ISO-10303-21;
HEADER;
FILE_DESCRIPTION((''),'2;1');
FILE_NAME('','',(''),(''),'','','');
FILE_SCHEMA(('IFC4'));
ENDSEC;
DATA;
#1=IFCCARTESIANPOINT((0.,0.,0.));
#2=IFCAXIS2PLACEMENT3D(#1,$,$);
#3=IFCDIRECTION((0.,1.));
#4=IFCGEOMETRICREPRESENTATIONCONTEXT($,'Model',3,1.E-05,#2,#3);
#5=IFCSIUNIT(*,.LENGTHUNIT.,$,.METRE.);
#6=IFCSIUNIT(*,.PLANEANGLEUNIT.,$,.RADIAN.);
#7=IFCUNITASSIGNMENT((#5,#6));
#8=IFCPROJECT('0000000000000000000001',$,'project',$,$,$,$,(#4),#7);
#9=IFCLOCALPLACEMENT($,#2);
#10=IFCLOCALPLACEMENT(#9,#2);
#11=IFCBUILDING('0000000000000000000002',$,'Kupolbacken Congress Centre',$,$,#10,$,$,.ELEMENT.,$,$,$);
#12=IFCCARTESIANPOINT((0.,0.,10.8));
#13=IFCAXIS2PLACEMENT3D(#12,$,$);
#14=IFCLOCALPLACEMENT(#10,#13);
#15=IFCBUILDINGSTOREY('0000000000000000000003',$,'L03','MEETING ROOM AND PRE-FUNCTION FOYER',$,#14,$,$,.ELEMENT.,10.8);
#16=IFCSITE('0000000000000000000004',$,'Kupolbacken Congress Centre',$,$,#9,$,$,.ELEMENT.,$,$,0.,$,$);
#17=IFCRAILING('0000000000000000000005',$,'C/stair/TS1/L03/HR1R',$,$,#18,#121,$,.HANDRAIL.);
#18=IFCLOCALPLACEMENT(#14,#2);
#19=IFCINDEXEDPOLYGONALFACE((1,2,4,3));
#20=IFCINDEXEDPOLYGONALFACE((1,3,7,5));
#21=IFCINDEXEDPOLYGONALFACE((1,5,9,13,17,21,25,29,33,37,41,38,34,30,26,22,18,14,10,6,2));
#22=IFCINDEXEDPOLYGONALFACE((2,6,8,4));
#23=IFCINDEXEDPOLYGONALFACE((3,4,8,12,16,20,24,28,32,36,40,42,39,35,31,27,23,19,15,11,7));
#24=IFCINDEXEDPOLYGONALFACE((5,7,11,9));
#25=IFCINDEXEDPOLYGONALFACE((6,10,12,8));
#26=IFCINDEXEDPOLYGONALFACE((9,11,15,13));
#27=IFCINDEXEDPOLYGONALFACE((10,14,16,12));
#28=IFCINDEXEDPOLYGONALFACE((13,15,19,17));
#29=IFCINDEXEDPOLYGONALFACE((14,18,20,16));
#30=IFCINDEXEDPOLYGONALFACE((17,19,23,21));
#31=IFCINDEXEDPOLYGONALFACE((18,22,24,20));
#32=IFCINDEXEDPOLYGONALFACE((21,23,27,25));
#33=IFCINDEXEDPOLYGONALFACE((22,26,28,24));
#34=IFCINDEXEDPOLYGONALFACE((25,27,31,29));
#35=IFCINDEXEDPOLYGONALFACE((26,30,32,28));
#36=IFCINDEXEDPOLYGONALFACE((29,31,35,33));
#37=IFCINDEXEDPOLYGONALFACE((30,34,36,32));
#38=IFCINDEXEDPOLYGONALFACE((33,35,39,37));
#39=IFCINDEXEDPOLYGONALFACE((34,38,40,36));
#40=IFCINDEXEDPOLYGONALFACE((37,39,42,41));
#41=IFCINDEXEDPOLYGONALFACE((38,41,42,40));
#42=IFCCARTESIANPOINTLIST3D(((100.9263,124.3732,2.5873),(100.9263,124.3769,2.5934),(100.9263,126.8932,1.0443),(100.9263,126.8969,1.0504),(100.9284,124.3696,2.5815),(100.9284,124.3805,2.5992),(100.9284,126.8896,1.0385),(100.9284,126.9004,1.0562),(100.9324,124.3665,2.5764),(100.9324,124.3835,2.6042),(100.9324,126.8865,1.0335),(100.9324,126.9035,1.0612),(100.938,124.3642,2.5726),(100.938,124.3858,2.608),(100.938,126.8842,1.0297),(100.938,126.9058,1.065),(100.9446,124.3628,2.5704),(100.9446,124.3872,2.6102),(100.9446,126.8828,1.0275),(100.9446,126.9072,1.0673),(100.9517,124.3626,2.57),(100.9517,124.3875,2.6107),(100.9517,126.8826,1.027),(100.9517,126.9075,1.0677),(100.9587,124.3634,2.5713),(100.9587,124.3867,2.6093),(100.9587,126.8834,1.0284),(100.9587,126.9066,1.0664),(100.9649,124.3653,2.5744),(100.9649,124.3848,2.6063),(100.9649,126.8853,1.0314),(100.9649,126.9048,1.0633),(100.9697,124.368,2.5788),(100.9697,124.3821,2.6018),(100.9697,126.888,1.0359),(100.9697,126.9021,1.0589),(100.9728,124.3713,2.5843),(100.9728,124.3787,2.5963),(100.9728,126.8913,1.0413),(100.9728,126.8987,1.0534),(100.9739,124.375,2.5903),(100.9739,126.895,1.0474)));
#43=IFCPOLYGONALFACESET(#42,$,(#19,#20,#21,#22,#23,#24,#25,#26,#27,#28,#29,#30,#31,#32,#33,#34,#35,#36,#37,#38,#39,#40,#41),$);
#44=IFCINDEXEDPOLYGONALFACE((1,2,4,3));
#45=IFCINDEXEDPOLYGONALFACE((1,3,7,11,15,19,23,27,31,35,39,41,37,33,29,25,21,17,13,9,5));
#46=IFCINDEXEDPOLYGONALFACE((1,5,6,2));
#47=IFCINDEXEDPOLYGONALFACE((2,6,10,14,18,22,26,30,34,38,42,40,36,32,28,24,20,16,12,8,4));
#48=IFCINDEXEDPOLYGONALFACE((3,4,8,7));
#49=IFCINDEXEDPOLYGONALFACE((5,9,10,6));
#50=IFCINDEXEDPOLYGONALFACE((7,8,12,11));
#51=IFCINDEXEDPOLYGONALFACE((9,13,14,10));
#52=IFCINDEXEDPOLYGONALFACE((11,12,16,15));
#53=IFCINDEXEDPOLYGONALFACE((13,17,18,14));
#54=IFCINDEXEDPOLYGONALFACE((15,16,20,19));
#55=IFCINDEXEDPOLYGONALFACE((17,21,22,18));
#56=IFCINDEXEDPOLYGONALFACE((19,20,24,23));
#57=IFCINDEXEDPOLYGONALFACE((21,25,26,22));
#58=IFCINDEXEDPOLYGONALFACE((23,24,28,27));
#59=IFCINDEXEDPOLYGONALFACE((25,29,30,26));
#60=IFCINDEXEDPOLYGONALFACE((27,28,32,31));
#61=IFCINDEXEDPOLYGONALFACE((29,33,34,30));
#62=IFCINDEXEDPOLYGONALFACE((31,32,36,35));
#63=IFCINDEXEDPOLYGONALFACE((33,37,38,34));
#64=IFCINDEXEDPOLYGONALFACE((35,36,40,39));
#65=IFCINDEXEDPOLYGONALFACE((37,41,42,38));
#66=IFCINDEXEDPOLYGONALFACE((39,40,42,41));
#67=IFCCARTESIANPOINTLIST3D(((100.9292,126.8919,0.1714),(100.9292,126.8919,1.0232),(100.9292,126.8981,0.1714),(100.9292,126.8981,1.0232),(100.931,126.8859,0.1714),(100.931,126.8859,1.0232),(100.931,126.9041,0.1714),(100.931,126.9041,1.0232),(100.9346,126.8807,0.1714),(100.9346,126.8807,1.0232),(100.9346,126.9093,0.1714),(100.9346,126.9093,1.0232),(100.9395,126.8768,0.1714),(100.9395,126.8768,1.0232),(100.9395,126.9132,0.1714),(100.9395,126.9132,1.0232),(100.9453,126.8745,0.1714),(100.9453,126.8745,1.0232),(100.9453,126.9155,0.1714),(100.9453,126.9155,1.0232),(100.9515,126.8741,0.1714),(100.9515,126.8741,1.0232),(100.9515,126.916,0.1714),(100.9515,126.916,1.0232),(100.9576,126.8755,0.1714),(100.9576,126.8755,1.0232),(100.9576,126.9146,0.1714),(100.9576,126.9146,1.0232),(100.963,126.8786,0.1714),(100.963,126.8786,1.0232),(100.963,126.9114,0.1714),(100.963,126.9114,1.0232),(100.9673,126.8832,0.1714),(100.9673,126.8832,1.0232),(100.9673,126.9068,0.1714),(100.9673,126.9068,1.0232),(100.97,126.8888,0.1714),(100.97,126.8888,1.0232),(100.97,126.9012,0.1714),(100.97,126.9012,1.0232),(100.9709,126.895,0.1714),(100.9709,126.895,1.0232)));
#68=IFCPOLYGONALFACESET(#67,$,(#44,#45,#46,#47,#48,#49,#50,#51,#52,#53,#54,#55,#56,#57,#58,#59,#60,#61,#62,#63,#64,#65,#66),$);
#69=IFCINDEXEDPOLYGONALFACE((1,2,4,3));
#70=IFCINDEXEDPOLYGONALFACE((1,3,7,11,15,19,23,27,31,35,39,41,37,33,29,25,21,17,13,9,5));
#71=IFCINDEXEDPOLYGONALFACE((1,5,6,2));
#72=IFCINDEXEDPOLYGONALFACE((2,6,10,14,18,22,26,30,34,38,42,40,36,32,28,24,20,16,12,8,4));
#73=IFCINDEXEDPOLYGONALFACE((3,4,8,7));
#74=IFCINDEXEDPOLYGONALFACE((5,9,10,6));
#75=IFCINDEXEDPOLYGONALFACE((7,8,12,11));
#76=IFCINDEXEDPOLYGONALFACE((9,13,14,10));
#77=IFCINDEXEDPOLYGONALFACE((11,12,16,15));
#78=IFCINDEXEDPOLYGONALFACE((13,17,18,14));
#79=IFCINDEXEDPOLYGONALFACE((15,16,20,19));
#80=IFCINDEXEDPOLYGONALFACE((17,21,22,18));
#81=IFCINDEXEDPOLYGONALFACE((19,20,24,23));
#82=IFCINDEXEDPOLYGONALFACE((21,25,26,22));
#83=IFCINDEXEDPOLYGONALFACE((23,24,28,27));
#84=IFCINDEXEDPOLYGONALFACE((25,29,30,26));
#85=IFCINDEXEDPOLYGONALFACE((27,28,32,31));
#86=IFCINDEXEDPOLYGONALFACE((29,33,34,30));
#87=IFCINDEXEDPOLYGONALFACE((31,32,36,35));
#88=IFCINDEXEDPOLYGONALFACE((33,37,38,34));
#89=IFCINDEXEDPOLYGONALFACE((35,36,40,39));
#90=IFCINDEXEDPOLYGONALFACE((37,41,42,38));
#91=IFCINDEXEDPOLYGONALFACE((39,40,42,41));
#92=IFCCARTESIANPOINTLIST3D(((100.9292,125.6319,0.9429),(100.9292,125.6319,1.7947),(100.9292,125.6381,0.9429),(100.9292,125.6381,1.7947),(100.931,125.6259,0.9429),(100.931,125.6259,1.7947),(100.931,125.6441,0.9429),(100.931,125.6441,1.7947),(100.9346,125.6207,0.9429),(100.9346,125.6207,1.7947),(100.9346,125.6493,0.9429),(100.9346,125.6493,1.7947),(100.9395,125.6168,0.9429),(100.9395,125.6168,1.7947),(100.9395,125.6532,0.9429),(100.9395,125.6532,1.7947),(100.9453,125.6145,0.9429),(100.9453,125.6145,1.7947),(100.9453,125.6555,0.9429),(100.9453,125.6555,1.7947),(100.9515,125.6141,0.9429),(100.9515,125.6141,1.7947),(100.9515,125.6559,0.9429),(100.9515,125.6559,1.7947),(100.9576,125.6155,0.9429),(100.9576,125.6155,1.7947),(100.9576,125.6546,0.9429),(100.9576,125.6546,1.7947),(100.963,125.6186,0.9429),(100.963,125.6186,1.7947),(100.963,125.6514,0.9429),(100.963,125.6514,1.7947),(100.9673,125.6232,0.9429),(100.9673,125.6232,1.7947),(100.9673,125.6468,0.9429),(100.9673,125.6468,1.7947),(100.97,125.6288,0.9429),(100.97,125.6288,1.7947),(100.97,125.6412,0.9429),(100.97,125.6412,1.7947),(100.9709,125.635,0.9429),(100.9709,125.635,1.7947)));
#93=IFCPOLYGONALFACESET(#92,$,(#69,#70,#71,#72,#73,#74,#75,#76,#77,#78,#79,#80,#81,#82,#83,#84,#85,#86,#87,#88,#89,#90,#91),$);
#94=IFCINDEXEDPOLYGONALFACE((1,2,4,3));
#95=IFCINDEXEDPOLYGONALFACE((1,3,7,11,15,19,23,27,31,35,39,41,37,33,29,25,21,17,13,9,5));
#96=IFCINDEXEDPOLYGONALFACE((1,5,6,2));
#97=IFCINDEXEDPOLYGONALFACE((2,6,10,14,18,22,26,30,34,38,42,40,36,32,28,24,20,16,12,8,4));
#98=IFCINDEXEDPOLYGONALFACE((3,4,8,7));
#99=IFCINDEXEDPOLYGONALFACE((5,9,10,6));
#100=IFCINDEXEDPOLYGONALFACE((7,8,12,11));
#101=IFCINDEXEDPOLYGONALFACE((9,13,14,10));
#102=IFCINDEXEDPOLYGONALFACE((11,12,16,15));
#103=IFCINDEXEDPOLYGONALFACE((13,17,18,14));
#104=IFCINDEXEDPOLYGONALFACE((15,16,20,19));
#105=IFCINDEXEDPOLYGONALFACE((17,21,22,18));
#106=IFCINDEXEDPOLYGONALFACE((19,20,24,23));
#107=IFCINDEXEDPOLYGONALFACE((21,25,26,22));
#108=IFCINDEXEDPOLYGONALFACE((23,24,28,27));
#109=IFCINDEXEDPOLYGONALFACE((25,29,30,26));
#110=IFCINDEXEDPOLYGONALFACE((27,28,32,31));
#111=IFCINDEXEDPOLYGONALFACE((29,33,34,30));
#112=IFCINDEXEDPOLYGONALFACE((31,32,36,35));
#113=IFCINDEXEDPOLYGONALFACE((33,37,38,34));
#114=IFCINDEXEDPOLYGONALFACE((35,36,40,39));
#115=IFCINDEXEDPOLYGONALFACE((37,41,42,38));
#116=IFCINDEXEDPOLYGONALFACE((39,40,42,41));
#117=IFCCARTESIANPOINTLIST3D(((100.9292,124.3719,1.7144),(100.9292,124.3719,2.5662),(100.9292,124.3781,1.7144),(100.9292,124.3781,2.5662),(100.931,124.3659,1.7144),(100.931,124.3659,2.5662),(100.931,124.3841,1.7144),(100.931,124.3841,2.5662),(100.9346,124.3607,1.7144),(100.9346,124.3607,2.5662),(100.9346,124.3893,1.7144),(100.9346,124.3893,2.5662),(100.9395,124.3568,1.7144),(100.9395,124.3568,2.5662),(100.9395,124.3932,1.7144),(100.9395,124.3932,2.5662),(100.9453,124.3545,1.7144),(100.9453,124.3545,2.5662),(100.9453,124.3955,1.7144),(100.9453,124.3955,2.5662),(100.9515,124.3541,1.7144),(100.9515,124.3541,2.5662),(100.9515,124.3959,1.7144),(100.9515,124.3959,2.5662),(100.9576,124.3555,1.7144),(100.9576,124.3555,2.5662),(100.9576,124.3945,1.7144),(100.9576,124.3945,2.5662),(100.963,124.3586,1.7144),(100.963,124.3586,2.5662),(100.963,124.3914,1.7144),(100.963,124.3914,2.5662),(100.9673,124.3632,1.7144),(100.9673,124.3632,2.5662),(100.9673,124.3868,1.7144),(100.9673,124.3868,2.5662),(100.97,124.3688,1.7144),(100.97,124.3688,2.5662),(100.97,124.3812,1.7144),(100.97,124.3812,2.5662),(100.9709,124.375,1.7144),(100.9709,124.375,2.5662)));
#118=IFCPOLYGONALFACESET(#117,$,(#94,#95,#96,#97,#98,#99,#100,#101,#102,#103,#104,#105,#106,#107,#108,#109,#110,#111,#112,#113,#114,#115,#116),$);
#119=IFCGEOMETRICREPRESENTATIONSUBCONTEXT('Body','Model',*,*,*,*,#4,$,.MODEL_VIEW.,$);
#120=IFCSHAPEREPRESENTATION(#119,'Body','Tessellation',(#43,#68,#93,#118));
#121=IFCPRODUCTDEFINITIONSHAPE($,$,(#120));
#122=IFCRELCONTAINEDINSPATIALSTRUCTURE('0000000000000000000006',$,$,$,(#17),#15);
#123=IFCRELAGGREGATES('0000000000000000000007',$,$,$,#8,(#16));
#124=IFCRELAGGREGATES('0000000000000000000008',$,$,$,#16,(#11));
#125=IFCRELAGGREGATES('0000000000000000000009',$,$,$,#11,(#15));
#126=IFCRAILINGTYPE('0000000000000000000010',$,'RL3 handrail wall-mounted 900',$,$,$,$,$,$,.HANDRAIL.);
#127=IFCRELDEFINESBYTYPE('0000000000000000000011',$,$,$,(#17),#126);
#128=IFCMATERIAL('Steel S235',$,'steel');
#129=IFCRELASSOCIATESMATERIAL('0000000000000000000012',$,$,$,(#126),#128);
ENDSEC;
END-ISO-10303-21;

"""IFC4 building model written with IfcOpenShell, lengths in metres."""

from ifc_helpers import new_model, si_unit, direction, frame, origin, origin_2d, place, context, subcontext, project, spatial, circle, extrude, material, type_object, element, save


model = new_model("IFC4")

# Units and contexts
model_context = context("Model", 3, precision=1e-05, world=origin(), true_north=direction((0.0, 1.0)))
body_context = subcontext(model_context, "Body", "Model", "MODEL_VIEW")
ifc_project = project(units=[si_unit("LENGTHUNIT", "METRE"), si_unit("PLANEANGLEUNIT", "RADIAN")], contexts=[model_context])

# Site, building, storey
site_placement = place(None, origin())
site = spatial("IfcSite", under=ifc_project, at=site_placement, Name="Kupolbacken Congress Centre", CompositionType="ELEMENT", RefElevation=0.0)
building_placement = place(site_placement, origin())
building = spatial("IfcBuilding", under=site, at=building_placement, Name="Kupolbacken Congress Centre", CompositionType="ELEMENT")
storey_placement = place(building_placement, frame((0.0, 0.0, 10.8)))
storey = spatial("IfcBuildingStorey", under=building, at=storey_placement, Name="L03", Description="MEETING ROOM AND PRE-FUNCTION FOYER", CompositionType="ELEMENT", Elevation=10.8)

# Railing
ifc_material_1 = material(Name="Steel S235", Category="steel")
railing_type = type_object("IfcRailingType", Name="RL3 handrail wall-mounted 900", PredefinedType="HANDRAIL", material=ifc_material_1)
for number, where, name in (
    (1, (100.95, 126.895, 0.1714), "C/stair/TS1/L03/HR1R"),
):
    element("IfcRailing", number, at=place(storey_placement, frame(where)), inside=storey, type_object=railing_type, Name=name, PredefinedType="HANDRAIL", context=body_context, shape_type="SweptSolid", body=[
        extrude(circle(Radius=0.0239, at=origin_2d()), frame((0.0, 0.0, 0.876), z_axis=(0.0, -0.852836, 0.522178), x_axis=(1.0, 0.0, 0.0)), (0.0, 0.0, 1.0), 2.9548),
        extrude(circle(Radius=0.021, at=origin_2d()), origin(), (0.0, 0.0, 1.0), 0.8518),
        extrude(circle(Radius=0.021, at=origin_2d()), frame((0.0, -1.26, 0.7715)), (0.0, 0.0, 1.0), 0.8518),
        extrude(circle(Radius=0.021, at=origin_2d()), frame((0.0, -2.52, 1.543)), (0.0, 0.0, 1.0), 0.8518),
    ])

save(model, "model.ifc")
